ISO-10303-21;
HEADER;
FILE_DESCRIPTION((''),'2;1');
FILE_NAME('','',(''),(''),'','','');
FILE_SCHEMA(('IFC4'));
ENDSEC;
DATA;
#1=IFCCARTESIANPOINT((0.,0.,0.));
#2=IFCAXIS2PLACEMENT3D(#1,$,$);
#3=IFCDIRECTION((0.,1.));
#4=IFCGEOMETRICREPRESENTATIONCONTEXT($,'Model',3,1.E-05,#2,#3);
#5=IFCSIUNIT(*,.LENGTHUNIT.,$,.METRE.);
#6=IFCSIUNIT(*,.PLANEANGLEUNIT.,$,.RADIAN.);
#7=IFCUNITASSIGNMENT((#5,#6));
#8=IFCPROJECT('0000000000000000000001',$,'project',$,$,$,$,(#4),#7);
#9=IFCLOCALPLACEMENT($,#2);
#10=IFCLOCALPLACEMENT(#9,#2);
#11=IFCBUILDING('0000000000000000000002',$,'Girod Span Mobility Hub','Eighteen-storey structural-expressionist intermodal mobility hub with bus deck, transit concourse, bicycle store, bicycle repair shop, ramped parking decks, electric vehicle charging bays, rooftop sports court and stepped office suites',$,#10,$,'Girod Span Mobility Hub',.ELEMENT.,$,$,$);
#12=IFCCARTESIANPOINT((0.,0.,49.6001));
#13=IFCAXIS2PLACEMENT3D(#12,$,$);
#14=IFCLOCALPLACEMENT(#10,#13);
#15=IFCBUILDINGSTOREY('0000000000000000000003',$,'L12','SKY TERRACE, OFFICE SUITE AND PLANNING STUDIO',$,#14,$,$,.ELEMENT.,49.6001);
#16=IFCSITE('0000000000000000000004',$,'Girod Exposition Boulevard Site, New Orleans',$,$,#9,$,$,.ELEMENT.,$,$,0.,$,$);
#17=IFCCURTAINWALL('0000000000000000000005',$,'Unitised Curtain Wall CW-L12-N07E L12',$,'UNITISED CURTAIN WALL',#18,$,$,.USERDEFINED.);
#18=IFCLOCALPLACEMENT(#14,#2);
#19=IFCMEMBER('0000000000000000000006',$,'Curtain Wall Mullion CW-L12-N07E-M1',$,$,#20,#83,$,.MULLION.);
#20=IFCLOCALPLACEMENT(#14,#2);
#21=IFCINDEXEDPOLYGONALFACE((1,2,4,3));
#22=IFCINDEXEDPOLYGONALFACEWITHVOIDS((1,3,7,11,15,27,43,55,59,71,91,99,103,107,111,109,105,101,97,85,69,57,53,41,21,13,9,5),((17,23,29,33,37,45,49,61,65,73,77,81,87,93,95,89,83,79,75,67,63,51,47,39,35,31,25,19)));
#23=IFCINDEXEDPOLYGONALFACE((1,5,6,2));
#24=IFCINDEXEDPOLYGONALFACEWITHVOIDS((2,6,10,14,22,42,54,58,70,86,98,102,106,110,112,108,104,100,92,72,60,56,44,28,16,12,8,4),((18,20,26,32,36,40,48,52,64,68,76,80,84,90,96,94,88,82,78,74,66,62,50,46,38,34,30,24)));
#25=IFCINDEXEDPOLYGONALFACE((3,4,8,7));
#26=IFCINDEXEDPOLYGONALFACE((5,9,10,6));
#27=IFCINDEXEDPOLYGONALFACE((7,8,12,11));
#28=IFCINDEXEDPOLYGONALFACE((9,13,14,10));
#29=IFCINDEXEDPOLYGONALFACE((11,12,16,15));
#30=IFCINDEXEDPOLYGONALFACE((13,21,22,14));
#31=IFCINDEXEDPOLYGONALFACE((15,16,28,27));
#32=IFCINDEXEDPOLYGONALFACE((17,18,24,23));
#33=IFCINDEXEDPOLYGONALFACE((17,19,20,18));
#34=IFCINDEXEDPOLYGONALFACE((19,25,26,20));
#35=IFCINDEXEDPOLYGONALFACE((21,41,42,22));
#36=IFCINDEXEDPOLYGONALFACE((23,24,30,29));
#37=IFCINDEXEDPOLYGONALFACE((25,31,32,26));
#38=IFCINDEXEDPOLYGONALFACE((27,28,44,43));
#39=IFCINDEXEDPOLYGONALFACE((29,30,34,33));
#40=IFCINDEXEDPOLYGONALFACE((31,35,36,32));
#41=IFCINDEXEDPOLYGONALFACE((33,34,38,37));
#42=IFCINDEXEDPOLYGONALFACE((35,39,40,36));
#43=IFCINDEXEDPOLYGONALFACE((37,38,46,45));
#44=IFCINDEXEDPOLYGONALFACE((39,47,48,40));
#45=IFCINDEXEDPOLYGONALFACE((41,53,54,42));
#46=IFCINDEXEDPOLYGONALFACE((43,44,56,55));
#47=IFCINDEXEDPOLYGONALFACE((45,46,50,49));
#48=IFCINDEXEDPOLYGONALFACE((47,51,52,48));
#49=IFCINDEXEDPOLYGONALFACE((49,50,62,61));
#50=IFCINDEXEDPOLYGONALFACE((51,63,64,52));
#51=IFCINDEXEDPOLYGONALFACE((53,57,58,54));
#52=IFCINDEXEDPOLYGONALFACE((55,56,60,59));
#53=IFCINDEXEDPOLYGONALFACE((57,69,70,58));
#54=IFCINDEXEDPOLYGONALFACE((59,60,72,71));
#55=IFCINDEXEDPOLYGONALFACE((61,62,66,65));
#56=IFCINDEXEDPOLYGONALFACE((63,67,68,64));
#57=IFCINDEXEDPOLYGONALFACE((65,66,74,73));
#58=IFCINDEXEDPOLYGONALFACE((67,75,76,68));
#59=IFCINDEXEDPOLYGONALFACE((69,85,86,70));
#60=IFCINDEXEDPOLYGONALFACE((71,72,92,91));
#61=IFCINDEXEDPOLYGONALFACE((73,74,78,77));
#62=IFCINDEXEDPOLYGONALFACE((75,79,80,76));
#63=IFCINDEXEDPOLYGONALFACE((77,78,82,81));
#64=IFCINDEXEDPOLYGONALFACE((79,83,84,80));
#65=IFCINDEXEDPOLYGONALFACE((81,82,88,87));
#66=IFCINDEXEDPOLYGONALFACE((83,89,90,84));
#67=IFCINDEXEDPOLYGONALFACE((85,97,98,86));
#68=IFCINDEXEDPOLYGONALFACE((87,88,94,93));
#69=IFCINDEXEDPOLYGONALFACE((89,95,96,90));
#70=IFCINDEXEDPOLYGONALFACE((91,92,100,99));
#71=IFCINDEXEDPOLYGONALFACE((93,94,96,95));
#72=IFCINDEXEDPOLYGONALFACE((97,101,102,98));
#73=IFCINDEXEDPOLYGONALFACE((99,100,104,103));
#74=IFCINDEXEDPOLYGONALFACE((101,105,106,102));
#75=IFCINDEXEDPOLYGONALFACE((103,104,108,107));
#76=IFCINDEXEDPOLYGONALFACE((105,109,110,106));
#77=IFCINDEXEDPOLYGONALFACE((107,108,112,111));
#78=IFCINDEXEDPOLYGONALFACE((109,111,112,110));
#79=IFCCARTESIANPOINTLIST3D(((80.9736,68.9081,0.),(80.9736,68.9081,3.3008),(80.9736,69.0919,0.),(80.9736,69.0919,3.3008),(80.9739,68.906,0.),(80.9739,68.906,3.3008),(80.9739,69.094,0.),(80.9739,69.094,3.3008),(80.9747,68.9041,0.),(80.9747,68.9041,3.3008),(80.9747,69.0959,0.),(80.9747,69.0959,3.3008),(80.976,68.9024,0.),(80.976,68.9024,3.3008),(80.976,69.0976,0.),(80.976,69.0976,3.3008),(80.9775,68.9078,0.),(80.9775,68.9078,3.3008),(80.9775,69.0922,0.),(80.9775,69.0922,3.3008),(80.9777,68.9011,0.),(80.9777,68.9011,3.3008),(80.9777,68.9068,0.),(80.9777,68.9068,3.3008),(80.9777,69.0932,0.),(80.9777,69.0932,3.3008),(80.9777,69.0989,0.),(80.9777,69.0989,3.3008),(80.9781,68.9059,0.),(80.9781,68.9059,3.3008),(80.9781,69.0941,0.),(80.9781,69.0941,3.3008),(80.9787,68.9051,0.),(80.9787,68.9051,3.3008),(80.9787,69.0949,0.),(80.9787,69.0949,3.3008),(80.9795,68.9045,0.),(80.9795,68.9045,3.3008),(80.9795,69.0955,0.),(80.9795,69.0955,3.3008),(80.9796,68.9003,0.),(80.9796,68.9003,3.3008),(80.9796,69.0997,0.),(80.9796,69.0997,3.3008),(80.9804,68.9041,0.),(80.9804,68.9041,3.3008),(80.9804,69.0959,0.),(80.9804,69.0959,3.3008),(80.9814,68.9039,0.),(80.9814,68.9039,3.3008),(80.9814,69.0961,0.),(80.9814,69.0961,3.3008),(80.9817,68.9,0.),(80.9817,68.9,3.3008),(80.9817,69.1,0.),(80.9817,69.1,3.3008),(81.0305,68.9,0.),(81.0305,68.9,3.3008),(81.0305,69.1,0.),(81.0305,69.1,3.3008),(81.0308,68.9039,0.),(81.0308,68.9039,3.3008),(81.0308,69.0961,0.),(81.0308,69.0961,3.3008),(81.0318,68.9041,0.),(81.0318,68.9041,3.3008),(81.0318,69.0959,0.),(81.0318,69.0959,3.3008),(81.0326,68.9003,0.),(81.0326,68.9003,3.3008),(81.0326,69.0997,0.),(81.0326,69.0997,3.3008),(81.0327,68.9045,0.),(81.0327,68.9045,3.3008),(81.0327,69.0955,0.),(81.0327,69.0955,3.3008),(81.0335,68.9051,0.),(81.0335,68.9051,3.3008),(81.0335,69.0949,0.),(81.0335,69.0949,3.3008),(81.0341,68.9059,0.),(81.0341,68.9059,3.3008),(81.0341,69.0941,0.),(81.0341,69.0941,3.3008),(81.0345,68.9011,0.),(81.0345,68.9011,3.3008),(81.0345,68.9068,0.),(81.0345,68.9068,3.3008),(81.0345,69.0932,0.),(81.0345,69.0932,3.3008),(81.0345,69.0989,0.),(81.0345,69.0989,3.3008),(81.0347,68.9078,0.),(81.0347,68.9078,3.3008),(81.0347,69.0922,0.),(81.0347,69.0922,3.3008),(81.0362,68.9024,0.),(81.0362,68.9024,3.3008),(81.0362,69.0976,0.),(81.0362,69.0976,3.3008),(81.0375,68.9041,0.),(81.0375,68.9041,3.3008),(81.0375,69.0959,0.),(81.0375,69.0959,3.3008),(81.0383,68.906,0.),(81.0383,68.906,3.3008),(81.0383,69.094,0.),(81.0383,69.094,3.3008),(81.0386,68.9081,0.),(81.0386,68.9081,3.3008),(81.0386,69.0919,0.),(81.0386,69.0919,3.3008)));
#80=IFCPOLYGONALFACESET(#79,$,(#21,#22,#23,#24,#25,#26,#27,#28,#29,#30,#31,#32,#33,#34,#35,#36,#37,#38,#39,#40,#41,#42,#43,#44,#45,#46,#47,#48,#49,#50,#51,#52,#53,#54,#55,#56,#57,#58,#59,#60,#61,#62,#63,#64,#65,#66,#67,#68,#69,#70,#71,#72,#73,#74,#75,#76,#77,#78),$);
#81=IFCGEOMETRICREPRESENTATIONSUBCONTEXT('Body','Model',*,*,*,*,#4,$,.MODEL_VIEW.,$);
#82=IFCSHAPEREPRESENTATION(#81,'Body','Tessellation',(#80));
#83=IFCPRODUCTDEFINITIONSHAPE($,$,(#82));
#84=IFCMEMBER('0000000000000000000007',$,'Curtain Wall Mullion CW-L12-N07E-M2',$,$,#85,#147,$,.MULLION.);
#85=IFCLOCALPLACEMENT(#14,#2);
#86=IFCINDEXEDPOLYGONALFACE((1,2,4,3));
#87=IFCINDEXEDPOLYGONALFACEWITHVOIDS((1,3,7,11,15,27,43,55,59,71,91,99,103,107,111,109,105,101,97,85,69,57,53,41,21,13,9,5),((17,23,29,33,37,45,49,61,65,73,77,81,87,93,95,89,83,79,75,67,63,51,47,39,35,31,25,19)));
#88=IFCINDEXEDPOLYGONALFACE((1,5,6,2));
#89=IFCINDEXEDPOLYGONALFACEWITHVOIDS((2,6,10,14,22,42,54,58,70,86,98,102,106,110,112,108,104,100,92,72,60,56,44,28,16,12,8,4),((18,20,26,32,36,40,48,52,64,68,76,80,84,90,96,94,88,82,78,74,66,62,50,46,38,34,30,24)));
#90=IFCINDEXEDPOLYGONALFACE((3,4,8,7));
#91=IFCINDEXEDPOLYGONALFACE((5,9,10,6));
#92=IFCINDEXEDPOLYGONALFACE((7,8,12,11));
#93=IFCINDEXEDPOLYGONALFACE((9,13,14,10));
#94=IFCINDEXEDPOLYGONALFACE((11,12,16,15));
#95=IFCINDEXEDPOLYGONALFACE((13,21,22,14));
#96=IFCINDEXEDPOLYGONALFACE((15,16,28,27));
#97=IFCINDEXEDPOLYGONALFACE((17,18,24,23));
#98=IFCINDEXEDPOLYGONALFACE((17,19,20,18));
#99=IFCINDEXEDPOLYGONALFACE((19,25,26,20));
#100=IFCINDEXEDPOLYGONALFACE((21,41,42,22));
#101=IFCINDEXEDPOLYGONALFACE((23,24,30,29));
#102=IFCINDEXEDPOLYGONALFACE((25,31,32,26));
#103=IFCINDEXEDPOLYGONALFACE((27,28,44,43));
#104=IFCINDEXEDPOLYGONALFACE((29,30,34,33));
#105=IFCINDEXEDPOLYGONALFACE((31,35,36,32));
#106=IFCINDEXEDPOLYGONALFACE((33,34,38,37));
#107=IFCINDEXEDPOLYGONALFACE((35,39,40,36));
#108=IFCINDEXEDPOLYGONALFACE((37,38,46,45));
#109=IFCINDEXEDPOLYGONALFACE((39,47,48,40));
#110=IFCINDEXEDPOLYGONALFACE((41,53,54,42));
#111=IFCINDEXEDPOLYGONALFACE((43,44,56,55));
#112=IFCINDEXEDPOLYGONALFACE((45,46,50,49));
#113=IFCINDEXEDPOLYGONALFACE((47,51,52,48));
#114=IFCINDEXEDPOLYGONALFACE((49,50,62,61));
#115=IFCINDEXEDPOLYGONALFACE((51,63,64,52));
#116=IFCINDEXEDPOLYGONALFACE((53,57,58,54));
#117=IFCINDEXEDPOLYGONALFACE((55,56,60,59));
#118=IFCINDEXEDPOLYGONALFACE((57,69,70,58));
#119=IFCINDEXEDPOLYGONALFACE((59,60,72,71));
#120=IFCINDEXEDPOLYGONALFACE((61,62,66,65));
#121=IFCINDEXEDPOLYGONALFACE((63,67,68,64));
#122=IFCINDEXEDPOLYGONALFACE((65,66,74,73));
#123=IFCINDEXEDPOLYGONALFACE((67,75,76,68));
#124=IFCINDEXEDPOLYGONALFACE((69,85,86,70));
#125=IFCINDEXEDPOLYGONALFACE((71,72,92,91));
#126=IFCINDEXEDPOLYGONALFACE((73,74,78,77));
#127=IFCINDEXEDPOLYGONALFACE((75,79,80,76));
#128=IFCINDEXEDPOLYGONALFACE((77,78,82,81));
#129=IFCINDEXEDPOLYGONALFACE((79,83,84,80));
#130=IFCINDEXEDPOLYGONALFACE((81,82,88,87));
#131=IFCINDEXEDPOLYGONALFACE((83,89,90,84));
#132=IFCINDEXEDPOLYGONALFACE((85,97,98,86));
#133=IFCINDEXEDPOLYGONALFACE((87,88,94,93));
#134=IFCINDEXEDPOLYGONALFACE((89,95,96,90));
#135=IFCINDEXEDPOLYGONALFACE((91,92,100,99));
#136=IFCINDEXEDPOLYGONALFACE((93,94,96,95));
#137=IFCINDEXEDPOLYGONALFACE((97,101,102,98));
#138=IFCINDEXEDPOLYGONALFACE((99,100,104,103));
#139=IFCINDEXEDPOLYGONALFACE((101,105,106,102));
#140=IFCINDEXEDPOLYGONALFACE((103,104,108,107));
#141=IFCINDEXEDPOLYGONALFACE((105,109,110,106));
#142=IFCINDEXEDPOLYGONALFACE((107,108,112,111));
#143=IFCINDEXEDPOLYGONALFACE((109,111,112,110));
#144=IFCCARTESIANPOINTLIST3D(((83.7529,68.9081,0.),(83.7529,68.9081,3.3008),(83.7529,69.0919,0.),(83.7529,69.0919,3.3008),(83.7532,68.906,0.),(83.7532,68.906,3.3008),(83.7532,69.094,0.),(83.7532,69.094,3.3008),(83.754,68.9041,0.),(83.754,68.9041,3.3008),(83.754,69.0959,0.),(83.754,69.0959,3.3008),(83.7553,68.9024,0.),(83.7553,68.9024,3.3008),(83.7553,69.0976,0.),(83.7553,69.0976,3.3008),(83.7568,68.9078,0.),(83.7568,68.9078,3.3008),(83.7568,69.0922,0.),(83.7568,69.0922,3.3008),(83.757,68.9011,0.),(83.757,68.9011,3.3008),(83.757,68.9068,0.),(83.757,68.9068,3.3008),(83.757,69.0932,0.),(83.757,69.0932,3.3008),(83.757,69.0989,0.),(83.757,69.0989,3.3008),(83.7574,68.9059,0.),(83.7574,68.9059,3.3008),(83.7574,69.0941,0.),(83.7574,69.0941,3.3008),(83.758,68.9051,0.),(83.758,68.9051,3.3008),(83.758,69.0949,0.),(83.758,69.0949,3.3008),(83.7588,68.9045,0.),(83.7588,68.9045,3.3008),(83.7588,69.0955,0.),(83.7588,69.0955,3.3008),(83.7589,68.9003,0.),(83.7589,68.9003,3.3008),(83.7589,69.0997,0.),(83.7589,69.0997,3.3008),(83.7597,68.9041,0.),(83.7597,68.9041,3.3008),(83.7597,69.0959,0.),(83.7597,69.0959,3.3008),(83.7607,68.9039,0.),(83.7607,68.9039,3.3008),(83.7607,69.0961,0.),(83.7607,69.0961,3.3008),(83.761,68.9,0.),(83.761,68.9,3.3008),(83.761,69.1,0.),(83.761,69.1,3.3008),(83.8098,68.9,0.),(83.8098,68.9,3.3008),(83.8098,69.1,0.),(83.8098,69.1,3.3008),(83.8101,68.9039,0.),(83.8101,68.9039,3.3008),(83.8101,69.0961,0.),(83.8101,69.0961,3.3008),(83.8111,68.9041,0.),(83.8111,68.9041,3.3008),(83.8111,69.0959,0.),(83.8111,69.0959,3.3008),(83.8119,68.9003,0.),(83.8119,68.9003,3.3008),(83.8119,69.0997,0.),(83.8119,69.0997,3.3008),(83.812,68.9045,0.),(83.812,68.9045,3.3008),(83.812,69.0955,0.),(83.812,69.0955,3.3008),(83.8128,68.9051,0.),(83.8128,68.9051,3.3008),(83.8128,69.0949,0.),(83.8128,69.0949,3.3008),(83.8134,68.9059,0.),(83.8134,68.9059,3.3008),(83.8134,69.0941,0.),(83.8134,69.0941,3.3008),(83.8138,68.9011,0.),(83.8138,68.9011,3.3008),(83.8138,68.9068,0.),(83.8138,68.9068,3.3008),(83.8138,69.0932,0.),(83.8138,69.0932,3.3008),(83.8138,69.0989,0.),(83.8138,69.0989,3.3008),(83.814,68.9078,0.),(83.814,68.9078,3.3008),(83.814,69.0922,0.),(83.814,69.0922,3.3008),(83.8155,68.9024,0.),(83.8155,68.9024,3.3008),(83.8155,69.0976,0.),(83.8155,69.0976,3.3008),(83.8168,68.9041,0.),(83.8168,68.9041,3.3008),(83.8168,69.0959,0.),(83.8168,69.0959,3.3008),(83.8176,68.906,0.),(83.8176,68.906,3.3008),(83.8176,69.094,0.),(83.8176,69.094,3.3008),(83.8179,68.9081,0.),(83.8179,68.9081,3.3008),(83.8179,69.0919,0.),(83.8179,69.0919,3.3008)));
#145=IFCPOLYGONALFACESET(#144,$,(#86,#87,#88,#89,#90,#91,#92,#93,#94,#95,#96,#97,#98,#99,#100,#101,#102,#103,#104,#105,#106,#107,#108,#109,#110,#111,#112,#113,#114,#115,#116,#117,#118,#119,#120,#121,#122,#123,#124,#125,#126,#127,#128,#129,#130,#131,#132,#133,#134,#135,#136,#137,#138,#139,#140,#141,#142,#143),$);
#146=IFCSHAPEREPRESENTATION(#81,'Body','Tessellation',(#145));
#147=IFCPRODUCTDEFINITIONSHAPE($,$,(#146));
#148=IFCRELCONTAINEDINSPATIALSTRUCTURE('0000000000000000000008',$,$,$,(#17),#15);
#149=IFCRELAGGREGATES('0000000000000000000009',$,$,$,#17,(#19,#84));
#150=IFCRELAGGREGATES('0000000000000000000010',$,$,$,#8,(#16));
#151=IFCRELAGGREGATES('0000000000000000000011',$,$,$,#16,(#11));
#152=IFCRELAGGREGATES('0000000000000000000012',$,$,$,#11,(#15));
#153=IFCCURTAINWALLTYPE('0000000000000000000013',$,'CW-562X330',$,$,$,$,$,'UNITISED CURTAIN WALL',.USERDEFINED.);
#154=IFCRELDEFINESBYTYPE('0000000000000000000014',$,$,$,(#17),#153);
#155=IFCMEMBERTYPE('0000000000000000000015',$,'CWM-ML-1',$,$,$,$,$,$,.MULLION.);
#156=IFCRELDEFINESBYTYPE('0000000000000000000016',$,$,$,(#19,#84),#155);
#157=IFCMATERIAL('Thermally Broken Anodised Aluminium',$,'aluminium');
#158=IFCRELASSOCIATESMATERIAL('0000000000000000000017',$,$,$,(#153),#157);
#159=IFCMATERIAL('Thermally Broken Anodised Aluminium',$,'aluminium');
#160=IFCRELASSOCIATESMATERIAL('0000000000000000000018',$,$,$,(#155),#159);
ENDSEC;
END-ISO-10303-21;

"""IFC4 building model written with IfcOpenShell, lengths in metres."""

from ifc_helpers import new_model, si_unit, direction, frame, origin, origin_2d, place, context, subcontext, project, spatial, hollow_rectangle, extrude, material, material_profile, profile_set, type_object, element, aggregate, save


model = new_model("IFC4")

# Units and contexts
model_context = context("Model", 3, precision=1e-05, world=origin(), true_north=direction((0.0, 1.0)))
body_context = subcontext(model_context, "Body", "Model", "MODEL_VIEW")
ifc_project = project(units=[si_unit("LENGTHUNIT", "METRE"), si_unit("PLANEANGLEUNIT", "RADIAN")], contexts=[model_context])

# Site, building, storey
site_placement = place(None, origin())
site = spatial("IfcSite", under=ifc_project, at=site_placement, Name="Girod Exposition Boulevard Site, New Orleans", CompositionType="ELEMENT", RefElevation=0.0)
building_placement = place(site_placement, origin())
building = spatial("IfcBuilding", under=site, at=building_placement, Name="Girod Span Mobility Hub", Description="Eighteen-storey structural-expressionist intermodal mobility hub with bus deck, transit concourse, bicycle store, bicycle repair shop, ramped parking decks, electric vehicle charging bays, rooftop sports court and stepped office suites", LongName="Girod Span Mobility Hub", CompositionType="ELEMENT")
storey_placement = place(building_placement, frame((0.0, 0.0, 49.6001)))
storey = spatial("IfcBuildingStorey", under=building, at=storey_placement, Name="L12", Description="SKY TERRACE, OFFICE SUITE AND PLANNING STUDIO", CompositionType="ELEMENT", Elevation=49.6001)

# Curtain wall, members
ifc_material_1 = material(Name="Thermally Broken Anodised Aluminium", Category="aluminium")
curtain_wall_type = type_object("IfcCurtainWallType", Name="CW-562X330", ElementType="UNITISED CURTAIN WALL", PredefinedType="USERDEFINED", material=ifc_material_1)
curtain_wall_1_placement = place(storey_placement, origin())
curtain_wall_1 = element("IfcCurtainWall", 1, at=curtain_wall_1_placement, inside=storey, type_object=curtain_wall_type, Name="Unitised Curtain Wall CW-L12-N07E L12", ObjectType="UNITISED CURTAIN WALL", PredefinedType="USERDEFINED")
ifc_material_2 = material(Name="Thermally Broken Anodised Aluminium", Category="aluminium")
ifc_material_profile_1 = material_profile(ifc_material_2, hollow_rectangle(XDim=0.2, YDim=0.0649, WallThickness=0.0039, InnerFilletRadius=0.0039, OuterFilletRadius=0.0081, at=origin_2d()), Name="CW-ML-65X200")
ifc_profile_set_1 = profile_set([ifc_material_profile_1], Name="Thermally Broken Anodised Aluminium")
member_type_1 = type_object("IfcMemberType", Name="CWM-ML-1", PredefinedType="MULLION", material=ifc_profile_set_1)
member_1_placement = place(storey_placement, frame((81.0061, 69.0, 0.0), z_axis=(0.0, 0.0, 1.0), x_axis=(0.0, 1.0, 0.0)))
member_1 = element("IfcMember", 2, at=member_1_placement, type_object=member_type_1, Name="Curtain Wall Mullion CW-L12-N07E-M1", PredefinedType="MULLION", context=body_context, shape_type="SweptSolid", body=[
    extrude(hollow_rectangle(XDim=0.2, YDim=0.0649, WallThickness=0.0039, InnerFilletRadius=0.0039, OuterFilletRadius=0.0081, at=origin_2d()), origin(), (0.0, 0.0, 1.0), 3.3008),
])
member_2_placement = place(storey_placement, frame((83.7854, 69.0, 0.0), z_axis=(0.0, 0.0, 1.0), x_axis=(0.0, 1.0, 0.0)))
member_2 = element("IfcMember", 3, at=member_2_placement, type_object=member_type_1, Name="Curtain Wall Mullion CW-L12-N07E-M2", PredefinedType="MULLION", context=body_context, shape_type="SweptSolid", body=[
    extrude(hollow_rectangle(XDim=0.2, YDim=0.0649, WallThickness=0.0039, InnerFilletRadius=0.0039, OuterFilletRadius=0.0081, at=origin_2d()), origin(), (0.0, 0.0, 1.0), 3.3008),
])

aggregate(curtain_wall_1, [member_1, member_2])

save(model, "model.ifc")
